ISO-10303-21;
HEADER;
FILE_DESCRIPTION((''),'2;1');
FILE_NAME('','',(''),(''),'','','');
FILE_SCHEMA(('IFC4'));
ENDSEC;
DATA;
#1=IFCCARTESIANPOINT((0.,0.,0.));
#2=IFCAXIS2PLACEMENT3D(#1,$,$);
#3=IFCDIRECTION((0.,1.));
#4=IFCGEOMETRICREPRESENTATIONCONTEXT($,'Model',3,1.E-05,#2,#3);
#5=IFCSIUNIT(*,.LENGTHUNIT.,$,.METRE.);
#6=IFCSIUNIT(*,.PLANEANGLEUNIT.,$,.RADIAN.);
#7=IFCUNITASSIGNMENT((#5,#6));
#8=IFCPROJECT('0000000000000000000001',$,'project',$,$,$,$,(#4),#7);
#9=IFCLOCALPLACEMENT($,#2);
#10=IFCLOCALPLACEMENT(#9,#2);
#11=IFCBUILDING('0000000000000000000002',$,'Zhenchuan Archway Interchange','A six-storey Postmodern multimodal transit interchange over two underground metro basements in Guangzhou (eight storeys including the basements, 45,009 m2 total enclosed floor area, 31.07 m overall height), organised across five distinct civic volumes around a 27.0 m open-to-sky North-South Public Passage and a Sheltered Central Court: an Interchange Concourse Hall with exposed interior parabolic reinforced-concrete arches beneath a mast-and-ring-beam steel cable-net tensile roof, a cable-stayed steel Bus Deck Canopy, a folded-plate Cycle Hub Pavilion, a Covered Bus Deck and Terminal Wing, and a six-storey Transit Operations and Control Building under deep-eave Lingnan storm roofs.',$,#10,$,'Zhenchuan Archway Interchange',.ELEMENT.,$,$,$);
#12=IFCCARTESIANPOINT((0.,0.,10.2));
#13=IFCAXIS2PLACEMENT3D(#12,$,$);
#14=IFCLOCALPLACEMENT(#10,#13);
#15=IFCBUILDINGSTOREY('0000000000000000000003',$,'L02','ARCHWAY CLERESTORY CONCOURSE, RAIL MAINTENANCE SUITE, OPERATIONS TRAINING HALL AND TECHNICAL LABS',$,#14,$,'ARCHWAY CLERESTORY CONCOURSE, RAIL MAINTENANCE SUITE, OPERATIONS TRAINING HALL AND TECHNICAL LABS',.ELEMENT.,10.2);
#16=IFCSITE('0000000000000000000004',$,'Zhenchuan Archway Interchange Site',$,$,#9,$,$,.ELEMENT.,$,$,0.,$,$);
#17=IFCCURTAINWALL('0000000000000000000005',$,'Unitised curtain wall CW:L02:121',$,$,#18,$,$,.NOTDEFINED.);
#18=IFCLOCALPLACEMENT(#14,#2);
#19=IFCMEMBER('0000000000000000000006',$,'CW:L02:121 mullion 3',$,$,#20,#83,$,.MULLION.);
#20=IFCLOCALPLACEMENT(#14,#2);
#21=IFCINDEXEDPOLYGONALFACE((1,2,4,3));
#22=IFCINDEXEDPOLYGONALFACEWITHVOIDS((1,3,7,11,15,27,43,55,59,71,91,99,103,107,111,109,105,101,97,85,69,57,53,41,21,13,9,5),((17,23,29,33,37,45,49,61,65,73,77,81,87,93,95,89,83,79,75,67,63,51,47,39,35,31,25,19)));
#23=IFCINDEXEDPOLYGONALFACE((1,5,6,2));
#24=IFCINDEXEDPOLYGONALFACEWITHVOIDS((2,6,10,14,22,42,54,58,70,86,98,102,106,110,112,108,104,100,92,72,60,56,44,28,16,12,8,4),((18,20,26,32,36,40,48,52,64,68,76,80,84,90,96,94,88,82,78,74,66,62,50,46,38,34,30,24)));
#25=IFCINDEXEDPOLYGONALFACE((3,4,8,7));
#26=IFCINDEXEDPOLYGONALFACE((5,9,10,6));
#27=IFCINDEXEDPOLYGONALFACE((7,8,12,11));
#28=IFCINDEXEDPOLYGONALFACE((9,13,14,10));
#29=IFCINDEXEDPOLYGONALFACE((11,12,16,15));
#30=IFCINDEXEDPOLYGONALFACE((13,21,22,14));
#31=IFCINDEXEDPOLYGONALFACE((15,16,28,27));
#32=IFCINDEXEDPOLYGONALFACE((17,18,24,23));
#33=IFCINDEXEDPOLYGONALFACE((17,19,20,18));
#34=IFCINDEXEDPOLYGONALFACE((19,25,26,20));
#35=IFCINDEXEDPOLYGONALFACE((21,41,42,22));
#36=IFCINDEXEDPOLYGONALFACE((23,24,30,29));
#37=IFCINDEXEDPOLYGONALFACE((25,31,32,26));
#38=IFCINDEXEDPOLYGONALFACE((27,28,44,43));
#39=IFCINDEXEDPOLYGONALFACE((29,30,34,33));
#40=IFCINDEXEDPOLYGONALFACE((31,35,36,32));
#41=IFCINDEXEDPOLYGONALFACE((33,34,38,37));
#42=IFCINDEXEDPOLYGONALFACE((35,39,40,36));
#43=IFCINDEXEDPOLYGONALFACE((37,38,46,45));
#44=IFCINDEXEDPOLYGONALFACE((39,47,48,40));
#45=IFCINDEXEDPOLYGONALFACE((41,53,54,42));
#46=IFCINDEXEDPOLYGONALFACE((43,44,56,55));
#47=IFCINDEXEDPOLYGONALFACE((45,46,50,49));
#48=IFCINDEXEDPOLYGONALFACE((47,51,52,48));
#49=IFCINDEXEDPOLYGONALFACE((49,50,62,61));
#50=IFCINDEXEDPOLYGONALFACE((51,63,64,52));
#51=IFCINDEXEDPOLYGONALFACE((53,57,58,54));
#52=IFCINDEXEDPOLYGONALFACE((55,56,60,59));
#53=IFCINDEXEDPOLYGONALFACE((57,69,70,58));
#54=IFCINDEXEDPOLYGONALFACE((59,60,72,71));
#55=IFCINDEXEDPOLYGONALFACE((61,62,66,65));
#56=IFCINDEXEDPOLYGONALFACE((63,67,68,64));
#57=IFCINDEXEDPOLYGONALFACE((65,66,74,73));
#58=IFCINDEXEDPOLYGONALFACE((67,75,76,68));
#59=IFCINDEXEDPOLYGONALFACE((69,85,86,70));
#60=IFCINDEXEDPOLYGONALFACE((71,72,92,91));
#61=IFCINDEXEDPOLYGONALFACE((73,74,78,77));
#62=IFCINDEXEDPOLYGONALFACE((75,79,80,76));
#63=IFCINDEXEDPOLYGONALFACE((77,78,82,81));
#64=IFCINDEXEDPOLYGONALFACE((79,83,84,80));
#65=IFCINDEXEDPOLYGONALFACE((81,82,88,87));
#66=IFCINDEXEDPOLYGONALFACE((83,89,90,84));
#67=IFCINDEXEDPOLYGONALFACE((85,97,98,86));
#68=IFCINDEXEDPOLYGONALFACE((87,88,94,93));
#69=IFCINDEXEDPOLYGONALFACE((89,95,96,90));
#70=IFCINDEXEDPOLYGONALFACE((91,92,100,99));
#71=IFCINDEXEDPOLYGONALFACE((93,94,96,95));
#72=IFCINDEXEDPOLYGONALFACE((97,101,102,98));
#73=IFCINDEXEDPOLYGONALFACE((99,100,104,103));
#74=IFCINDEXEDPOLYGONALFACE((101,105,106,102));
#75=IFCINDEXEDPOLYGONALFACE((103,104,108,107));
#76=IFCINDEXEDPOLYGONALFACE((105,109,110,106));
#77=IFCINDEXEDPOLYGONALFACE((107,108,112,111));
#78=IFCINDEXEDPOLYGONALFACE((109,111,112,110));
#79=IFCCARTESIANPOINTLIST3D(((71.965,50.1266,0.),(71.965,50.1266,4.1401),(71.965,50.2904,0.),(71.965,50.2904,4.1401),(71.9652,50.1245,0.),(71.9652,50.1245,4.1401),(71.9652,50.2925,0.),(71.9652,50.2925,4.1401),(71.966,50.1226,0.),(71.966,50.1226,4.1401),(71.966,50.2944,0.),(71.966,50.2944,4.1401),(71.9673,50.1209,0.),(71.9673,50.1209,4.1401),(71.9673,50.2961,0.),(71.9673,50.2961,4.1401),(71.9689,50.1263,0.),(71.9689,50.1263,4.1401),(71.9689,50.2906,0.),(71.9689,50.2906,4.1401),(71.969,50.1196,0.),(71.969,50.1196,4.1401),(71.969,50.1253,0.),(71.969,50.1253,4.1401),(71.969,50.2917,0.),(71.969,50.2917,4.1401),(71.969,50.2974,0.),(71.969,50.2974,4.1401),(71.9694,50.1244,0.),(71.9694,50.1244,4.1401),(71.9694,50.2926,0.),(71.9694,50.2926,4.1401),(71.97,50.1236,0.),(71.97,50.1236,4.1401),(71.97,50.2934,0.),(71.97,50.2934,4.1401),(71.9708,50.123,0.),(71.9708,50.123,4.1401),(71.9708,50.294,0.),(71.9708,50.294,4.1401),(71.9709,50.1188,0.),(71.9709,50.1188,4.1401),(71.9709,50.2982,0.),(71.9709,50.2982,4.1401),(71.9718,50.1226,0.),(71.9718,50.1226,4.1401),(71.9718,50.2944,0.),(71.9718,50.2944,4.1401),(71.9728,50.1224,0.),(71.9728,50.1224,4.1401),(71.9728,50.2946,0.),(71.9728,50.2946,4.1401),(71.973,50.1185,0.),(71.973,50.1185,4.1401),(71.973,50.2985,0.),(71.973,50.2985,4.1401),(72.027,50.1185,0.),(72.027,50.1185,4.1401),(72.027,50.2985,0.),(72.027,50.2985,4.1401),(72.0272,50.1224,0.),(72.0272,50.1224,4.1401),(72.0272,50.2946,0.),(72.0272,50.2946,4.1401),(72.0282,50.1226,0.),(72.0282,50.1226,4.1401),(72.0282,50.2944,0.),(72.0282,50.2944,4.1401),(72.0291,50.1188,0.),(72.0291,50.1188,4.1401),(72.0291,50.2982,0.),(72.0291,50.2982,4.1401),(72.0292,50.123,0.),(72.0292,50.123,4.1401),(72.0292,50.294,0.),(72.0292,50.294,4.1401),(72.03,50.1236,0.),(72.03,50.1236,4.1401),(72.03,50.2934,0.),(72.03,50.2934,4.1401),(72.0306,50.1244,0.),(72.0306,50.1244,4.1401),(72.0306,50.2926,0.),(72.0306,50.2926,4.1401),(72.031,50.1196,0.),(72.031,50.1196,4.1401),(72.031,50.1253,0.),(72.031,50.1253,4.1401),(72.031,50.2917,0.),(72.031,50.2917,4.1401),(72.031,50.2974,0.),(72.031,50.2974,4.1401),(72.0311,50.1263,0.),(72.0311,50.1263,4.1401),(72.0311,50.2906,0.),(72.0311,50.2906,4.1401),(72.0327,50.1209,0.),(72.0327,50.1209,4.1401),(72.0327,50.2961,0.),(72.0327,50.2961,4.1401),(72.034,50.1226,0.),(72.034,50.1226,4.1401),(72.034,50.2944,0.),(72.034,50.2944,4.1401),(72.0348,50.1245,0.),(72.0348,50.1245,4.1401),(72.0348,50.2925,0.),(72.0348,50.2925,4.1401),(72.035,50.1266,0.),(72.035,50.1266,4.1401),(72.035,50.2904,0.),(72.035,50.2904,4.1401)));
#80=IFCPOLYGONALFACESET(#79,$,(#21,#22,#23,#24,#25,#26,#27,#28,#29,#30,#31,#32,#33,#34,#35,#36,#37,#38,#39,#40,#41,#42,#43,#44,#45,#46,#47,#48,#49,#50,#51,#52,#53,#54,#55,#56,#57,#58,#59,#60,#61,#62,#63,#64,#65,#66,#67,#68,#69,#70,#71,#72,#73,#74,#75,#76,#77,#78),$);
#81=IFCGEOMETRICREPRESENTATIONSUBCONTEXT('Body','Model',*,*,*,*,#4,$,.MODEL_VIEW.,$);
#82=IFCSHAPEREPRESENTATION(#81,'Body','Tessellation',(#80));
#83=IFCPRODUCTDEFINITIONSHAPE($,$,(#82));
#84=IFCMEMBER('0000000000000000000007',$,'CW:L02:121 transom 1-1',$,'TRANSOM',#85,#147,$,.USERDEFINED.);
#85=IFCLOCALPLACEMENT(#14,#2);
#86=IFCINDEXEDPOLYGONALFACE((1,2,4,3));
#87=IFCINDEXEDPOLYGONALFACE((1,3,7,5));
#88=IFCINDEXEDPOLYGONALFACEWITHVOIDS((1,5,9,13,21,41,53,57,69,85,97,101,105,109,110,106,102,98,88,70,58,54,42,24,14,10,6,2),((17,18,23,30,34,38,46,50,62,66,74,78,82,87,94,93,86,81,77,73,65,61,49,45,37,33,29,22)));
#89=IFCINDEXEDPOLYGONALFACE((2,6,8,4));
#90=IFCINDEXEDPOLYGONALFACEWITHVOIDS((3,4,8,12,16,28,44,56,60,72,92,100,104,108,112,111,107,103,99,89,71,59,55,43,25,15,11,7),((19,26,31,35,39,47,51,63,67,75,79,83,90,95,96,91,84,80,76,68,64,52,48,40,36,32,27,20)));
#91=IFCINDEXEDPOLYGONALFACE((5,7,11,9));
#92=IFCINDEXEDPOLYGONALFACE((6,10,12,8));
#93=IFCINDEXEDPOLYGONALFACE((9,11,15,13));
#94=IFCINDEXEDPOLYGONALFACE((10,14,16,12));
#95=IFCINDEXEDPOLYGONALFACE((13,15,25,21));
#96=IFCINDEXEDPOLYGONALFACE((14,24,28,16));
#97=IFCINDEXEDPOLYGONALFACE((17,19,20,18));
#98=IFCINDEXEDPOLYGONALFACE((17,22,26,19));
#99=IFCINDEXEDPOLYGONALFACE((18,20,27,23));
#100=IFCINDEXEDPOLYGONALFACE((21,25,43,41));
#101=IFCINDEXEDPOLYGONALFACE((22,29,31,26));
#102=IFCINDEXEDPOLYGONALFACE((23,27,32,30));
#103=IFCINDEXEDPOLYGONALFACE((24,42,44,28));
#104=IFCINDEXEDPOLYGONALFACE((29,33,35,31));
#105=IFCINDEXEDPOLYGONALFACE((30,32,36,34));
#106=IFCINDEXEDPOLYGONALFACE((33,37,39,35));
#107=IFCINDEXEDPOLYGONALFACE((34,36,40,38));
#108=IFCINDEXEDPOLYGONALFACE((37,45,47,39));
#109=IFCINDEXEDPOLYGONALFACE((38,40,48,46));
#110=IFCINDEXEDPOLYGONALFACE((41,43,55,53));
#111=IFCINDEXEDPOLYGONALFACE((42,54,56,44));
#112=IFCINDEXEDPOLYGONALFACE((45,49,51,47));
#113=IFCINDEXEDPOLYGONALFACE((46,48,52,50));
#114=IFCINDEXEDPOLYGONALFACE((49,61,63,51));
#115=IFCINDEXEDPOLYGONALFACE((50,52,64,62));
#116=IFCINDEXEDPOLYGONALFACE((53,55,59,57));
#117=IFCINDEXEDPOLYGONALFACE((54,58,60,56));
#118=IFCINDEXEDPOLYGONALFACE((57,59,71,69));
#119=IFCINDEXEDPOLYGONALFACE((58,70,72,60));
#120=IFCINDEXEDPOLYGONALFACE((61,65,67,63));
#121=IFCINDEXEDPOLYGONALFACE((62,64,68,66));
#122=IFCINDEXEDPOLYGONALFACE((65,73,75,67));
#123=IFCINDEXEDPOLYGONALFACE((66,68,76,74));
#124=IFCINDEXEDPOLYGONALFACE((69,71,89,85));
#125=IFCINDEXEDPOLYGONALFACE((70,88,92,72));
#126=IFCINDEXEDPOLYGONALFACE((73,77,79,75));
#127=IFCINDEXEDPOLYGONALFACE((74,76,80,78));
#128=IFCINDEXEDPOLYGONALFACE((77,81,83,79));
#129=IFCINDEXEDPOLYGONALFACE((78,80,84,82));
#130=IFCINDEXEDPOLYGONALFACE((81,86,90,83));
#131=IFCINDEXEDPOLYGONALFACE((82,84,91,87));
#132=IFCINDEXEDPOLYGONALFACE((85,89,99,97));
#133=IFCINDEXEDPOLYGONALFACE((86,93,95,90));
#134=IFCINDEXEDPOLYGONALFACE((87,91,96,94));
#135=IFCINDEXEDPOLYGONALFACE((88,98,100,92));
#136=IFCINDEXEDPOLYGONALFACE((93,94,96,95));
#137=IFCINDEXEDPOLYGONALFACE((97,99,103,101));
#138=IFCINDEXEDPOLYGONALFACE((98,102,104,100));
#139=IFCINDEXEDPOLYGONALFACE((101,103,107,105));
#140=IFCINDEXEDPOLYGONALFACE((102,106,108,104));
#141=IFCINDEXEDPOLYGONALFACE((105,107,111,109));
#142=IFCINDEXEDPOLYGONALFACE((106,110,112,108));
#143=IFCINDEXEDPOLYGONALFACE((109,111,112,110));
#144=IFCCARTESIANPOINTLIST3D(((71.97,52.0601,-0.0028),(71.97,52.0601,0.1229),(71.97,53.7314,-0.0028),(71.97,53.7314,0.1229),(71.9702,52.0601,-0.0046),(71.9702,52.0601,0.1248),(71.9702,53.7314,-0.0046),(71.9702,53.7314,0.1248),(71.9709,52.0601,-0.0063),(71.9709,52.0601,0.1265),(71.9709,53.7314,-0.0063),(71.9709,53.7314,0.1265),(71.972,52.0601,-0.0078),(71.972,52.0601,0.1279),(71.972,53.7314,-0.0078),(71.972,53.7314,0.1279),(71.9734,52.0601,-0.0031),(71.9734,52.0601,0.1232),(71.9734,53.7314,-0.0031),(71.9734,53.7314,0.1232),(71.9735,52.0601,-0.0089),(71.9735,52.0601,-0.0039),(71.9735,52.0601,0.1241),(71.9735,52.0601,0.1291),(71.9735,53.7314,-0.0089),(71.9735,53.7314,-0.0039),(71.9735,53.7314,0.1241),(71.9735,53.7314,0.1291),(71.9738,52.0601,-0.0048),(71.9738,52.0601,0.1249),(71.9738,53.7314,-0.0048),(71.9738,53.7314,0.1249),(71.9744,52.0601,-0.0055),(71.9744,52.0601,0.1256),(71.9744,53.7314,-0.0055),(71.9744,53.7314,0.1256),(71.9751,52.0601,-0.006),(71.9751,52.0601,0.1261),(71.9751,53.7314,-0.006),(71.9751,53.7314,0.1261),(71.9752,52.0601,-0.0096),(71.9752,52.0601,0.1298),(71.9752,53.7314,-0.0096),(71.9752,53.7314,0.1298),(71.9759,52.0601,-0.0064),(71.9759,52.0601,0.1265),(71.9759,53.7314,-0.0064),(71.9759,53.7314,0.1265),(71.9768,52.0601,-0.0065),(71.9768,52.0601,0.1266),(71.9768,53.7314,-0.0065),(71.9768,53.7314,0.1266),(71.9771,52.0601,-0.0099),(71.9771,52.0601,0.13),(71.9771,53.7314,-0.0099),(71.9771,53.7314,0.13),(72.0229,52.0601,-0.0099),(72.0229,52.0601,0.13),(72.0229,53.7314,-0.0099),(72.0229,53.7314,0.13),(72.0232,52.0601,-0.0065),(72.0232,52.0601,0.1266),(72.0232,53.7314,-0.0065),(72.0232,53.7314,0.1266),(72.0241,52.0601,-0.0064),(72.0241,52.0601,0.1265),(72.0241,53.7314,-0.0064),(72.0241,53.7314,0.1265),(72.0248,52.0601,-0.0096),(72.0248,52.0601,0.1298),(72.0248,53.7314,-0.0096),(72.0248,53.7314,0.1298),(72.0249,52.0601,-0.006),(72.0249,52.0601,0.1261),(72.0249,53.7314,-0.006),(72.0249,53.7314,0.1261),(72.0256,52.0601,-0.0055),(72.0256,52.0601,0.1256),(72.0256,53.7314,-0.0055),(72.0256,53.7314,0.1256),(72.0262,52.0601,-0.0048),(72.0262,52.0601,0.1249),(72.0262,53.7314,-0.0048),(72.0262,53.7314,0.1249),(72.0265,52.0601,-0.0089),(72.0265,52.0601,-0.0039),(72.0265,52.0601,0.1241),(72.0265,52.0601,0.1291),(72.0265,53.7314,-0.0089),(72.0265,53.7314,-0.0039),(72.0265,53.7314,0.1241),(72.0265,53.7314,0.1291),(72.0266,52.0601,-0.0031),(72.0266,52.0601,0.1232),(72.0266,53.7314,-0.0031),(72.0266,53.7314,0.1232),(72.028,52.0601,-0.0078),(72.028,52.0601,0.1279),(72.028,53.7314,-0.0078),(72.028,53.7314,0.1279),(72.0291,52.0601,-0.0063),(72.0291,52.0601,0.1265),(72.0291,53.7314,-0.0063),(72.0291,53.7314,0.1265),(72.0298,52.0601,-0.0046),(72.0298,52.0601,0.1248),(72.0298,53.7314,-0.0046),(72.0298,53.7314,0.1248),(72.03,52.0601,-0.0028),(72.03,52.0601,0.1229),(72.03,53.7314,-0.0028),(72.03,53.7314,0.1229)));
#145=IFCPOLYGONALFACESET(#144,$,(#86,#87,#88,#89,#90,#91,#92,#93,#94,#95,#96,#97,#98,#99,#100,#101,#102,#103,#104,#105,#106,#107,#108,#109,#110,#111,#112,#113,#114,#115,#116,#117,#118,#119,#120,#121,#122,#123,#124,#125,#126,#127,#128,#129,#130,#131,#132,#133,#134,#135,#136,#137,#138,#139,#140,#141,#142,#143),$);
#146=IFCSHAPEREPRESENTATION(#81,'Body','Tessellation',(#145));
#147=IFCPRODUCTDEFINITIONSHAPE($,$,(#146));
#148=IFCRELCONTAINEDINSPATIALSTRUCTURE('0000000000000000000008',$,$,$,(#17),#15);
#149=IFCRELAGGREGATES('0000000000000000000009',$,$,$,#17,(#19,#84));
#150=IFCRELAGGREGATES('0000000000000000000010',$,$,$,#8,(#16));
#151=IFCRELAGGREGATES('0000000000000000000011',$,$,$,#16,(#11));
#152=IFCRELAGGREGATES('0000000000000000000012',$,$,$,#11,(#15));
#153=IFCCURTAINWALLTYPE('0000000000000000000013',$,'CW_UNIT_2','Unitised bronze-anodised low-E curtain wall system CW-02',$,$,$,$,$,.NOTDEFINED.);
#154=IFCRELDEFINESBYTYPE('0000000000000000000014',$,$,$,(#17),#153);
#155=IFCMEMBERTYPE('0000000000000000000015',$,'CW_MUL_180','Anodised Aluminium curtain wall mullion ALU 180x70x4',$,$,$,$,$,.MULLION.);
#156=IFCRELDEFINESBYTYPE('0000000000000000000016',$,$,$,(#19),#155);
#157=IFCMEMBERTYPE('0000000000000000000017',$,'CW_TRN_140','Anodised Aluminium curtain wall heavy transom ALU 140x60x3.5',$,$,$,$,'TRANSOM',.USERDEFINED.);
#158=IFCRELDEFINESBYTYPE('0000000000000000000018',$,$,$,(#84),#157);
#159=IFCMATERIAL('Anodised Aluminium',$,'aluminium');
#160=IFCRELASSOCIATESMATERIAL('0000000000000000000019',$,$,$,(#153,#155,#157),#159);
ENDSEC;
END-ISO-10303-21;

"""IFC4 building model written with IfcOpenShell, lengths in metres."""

from ifc_helpers import new_model, si_unit, direction, frame, origin, origin_2d, place, context, subcontext, project, spatial, hollow_rectangle, extrude, material, material_profile, profile_set, type_object, element, aggregate, save


model = new_model("IFC4")

# Units and contexts
model_context = context("Model", 3, precision=1e-05, world=origin(), true_north=direction((0.0, 1.0)))
body_context = subcontext(model_context, "Body", "Model", "MODEL_VIEW")
ifc_project = project(units=[si_unit("LENGTHUNIT", "METRE"), si_unit("PLANEANGLEUNIT", "RADIAN")], contexts=[model_context])

# Site, building, storey
site_placement = place(None, origin())
site = spatial("IfcSite", under=ifc_project, at=site_placement, Name="Zhenchuan Archway Interchange Site", CompositionType="ELEMENT", RefElevation=0.0)
building_placement = place(site_placement, origin())
building = spatial("IfcBuilding", under=site, at=building_placement, Name="Zhenchuan Archway Interchange", Description="A six-storey Postmodern multimodal transit interchange over two underground metro basements in Guangzhou (eight storeys including the basements, 45,009 m2 total enclosed floor area, 31.07 m overall height), organised across five distinct civic volumes around a 27.0 m open-to-sky North-South Public Passage and a Sheltered Central Court: an Interchange Concourse Hall with exposed interior parabolic reinforced-concrete arches beneath a mast-and-ring-beam steel cable-net tensile roof, a cable-stayed steel Bus Deck Canopy, a folded-plate Cycle Hub Pavilion, a Covered Bus Deck and Terminal Wing, and a six-storey Transit Operations and Control Building under deep-eave Lingnan storm roofs.", LongName="Zhenchuan Archway Interchange", CompositionType="ELEMENT")
storey_placement = place(building_placement, frame((0.0, 0.0, 10.2)))
storey = spatial("IfcBuildingStorey", under=building, at=storey_placement, Name="L02", Description="ARCHWAY CLERESTORY CONCOURSE, RAIL MAINTENANCE SUITE, OPERATIONS TRAINING HALL AND TECHNICAL LABS", LongName="ARCHWAY CLERESTORY CONCOURSE, RAIL MAINTENANCE SUITE, OPERATIONS TRAINING HALL AND TECHNICAL LABS", CompositionType="ELEMENT", Elevation=10.2)

# Curtain wall, members
ifc_material_1 = material(Name="Anodised Aluminium", Category="aluminium")
curtain_wall_type = type_object("IfcCurtainWallType", Name="CW_UNIT_2", Description="Unitised bronze-anodised low-E curtain wall system CW-02", PredefinedType="NOTDEFINED", material=ifc_material_1)
curtain_wall_placement = place(storey_placement, origin())
curtain_wall = element("IfcCurtainWall", 1, at=curtain_wall_placement, inside=storey, type_object=curtain_wall_type, Name="Unitised curtain wall CW:L02:121", PredefinedType="NOTDEFINED")
ifc_material_profile_1 = material_profile(ifc_material_1, hollow_rectangle(XDim=0.0701, YDim=0.1799, WallThickness=0.0039, InnerFilletRadius=0.0039, OuterFilletRadius=0.0081, at=origin_2d()), Name="ALU 180x70x4")
ifc_profile_set_1 = profile_set([ifc_material_profile_1], Name="Anodised Aluminium")
member_type_1 = type_object("IfcMemberType", Name="CW_MUL_180", Description="Anodised Aluminium curtain wall mullion ALU 180x70x4", PredefinedType="MULLION", material=ifc_profile_set_1)
member_1_placement = place(storey_placement, frame((72.0, 50.2085, 0.0), z_axis=(0.0, 0.0, 1.0), x_axis=(1.0, 0.0, 0.0)))
member_1 = element("IfcMember", 2, at=member_1_placement, type_object=member_type_1, Name="CW:L02:121 mullion 3", PredefinedType="MULLION", context=body_context, shape_type="SweptSolid", body=[
    extrude(hollow_rectangle(XDim=0.0701, YDim=0.1799, WallThickness=0.0039, InnerFilletRadius=0.0039, OuterFilletRadius=0.0081, at=origin_2d()), origin(), (0.0, 0.0, 1.0), 4.1401),
])
ifc_material_profile_2 = material_profile(ifc_material_1, hollow_rectangle(XDim=0.0601, YDim=0.1399, WallThickness=0.0034, InnerFilletRadius=0.0034, OuterFilletRadius=0.0071, at=origin_2d()), Name="ALU 140x60x3.5")
ifc_profile_set_2 = profile_set([ifc_material_profile_2], Name="Anodised Aluminium")
member_type_2 = type_object("IfcMemberType", Name="CW_TRN_140", Description="Anodised Aluminium curtain wall heavy transom ALU 140x60x3.5", ElementType="TRANSOM", PredefinedType="USERDEFINED", material=ifc_profile_set_2)
member_2_placement = place(storey_placement, frame((72.0, 53.7314, 0.0601), z_axis=(0.0, -1.0, 0.0), x_axis=(1.0, 0.0, 0.0)))
member_2 = element("IfcMember", 3, at=member_2_placement, type_object=member_type_2, Name="CW:L02:121 transom 1-1", ObjectType="TRANSOM", PredefinedType="USERDEFINED", context=body_context, shape_type="SweptSolid", body=[
    extrude(hollow_rectangle(XDim=0.0601, YDim=0.1399, WallThickness=0.0034, InnerFilletRadius=0.0034, OuterFilletRadius=0.0071, at=origin_2d()), origin(), (0.0, 0.0, 1.0), 1.6714),
])

aggregate(curtain_wall, [member_1, member_2])

save(model, "model.ifc")
